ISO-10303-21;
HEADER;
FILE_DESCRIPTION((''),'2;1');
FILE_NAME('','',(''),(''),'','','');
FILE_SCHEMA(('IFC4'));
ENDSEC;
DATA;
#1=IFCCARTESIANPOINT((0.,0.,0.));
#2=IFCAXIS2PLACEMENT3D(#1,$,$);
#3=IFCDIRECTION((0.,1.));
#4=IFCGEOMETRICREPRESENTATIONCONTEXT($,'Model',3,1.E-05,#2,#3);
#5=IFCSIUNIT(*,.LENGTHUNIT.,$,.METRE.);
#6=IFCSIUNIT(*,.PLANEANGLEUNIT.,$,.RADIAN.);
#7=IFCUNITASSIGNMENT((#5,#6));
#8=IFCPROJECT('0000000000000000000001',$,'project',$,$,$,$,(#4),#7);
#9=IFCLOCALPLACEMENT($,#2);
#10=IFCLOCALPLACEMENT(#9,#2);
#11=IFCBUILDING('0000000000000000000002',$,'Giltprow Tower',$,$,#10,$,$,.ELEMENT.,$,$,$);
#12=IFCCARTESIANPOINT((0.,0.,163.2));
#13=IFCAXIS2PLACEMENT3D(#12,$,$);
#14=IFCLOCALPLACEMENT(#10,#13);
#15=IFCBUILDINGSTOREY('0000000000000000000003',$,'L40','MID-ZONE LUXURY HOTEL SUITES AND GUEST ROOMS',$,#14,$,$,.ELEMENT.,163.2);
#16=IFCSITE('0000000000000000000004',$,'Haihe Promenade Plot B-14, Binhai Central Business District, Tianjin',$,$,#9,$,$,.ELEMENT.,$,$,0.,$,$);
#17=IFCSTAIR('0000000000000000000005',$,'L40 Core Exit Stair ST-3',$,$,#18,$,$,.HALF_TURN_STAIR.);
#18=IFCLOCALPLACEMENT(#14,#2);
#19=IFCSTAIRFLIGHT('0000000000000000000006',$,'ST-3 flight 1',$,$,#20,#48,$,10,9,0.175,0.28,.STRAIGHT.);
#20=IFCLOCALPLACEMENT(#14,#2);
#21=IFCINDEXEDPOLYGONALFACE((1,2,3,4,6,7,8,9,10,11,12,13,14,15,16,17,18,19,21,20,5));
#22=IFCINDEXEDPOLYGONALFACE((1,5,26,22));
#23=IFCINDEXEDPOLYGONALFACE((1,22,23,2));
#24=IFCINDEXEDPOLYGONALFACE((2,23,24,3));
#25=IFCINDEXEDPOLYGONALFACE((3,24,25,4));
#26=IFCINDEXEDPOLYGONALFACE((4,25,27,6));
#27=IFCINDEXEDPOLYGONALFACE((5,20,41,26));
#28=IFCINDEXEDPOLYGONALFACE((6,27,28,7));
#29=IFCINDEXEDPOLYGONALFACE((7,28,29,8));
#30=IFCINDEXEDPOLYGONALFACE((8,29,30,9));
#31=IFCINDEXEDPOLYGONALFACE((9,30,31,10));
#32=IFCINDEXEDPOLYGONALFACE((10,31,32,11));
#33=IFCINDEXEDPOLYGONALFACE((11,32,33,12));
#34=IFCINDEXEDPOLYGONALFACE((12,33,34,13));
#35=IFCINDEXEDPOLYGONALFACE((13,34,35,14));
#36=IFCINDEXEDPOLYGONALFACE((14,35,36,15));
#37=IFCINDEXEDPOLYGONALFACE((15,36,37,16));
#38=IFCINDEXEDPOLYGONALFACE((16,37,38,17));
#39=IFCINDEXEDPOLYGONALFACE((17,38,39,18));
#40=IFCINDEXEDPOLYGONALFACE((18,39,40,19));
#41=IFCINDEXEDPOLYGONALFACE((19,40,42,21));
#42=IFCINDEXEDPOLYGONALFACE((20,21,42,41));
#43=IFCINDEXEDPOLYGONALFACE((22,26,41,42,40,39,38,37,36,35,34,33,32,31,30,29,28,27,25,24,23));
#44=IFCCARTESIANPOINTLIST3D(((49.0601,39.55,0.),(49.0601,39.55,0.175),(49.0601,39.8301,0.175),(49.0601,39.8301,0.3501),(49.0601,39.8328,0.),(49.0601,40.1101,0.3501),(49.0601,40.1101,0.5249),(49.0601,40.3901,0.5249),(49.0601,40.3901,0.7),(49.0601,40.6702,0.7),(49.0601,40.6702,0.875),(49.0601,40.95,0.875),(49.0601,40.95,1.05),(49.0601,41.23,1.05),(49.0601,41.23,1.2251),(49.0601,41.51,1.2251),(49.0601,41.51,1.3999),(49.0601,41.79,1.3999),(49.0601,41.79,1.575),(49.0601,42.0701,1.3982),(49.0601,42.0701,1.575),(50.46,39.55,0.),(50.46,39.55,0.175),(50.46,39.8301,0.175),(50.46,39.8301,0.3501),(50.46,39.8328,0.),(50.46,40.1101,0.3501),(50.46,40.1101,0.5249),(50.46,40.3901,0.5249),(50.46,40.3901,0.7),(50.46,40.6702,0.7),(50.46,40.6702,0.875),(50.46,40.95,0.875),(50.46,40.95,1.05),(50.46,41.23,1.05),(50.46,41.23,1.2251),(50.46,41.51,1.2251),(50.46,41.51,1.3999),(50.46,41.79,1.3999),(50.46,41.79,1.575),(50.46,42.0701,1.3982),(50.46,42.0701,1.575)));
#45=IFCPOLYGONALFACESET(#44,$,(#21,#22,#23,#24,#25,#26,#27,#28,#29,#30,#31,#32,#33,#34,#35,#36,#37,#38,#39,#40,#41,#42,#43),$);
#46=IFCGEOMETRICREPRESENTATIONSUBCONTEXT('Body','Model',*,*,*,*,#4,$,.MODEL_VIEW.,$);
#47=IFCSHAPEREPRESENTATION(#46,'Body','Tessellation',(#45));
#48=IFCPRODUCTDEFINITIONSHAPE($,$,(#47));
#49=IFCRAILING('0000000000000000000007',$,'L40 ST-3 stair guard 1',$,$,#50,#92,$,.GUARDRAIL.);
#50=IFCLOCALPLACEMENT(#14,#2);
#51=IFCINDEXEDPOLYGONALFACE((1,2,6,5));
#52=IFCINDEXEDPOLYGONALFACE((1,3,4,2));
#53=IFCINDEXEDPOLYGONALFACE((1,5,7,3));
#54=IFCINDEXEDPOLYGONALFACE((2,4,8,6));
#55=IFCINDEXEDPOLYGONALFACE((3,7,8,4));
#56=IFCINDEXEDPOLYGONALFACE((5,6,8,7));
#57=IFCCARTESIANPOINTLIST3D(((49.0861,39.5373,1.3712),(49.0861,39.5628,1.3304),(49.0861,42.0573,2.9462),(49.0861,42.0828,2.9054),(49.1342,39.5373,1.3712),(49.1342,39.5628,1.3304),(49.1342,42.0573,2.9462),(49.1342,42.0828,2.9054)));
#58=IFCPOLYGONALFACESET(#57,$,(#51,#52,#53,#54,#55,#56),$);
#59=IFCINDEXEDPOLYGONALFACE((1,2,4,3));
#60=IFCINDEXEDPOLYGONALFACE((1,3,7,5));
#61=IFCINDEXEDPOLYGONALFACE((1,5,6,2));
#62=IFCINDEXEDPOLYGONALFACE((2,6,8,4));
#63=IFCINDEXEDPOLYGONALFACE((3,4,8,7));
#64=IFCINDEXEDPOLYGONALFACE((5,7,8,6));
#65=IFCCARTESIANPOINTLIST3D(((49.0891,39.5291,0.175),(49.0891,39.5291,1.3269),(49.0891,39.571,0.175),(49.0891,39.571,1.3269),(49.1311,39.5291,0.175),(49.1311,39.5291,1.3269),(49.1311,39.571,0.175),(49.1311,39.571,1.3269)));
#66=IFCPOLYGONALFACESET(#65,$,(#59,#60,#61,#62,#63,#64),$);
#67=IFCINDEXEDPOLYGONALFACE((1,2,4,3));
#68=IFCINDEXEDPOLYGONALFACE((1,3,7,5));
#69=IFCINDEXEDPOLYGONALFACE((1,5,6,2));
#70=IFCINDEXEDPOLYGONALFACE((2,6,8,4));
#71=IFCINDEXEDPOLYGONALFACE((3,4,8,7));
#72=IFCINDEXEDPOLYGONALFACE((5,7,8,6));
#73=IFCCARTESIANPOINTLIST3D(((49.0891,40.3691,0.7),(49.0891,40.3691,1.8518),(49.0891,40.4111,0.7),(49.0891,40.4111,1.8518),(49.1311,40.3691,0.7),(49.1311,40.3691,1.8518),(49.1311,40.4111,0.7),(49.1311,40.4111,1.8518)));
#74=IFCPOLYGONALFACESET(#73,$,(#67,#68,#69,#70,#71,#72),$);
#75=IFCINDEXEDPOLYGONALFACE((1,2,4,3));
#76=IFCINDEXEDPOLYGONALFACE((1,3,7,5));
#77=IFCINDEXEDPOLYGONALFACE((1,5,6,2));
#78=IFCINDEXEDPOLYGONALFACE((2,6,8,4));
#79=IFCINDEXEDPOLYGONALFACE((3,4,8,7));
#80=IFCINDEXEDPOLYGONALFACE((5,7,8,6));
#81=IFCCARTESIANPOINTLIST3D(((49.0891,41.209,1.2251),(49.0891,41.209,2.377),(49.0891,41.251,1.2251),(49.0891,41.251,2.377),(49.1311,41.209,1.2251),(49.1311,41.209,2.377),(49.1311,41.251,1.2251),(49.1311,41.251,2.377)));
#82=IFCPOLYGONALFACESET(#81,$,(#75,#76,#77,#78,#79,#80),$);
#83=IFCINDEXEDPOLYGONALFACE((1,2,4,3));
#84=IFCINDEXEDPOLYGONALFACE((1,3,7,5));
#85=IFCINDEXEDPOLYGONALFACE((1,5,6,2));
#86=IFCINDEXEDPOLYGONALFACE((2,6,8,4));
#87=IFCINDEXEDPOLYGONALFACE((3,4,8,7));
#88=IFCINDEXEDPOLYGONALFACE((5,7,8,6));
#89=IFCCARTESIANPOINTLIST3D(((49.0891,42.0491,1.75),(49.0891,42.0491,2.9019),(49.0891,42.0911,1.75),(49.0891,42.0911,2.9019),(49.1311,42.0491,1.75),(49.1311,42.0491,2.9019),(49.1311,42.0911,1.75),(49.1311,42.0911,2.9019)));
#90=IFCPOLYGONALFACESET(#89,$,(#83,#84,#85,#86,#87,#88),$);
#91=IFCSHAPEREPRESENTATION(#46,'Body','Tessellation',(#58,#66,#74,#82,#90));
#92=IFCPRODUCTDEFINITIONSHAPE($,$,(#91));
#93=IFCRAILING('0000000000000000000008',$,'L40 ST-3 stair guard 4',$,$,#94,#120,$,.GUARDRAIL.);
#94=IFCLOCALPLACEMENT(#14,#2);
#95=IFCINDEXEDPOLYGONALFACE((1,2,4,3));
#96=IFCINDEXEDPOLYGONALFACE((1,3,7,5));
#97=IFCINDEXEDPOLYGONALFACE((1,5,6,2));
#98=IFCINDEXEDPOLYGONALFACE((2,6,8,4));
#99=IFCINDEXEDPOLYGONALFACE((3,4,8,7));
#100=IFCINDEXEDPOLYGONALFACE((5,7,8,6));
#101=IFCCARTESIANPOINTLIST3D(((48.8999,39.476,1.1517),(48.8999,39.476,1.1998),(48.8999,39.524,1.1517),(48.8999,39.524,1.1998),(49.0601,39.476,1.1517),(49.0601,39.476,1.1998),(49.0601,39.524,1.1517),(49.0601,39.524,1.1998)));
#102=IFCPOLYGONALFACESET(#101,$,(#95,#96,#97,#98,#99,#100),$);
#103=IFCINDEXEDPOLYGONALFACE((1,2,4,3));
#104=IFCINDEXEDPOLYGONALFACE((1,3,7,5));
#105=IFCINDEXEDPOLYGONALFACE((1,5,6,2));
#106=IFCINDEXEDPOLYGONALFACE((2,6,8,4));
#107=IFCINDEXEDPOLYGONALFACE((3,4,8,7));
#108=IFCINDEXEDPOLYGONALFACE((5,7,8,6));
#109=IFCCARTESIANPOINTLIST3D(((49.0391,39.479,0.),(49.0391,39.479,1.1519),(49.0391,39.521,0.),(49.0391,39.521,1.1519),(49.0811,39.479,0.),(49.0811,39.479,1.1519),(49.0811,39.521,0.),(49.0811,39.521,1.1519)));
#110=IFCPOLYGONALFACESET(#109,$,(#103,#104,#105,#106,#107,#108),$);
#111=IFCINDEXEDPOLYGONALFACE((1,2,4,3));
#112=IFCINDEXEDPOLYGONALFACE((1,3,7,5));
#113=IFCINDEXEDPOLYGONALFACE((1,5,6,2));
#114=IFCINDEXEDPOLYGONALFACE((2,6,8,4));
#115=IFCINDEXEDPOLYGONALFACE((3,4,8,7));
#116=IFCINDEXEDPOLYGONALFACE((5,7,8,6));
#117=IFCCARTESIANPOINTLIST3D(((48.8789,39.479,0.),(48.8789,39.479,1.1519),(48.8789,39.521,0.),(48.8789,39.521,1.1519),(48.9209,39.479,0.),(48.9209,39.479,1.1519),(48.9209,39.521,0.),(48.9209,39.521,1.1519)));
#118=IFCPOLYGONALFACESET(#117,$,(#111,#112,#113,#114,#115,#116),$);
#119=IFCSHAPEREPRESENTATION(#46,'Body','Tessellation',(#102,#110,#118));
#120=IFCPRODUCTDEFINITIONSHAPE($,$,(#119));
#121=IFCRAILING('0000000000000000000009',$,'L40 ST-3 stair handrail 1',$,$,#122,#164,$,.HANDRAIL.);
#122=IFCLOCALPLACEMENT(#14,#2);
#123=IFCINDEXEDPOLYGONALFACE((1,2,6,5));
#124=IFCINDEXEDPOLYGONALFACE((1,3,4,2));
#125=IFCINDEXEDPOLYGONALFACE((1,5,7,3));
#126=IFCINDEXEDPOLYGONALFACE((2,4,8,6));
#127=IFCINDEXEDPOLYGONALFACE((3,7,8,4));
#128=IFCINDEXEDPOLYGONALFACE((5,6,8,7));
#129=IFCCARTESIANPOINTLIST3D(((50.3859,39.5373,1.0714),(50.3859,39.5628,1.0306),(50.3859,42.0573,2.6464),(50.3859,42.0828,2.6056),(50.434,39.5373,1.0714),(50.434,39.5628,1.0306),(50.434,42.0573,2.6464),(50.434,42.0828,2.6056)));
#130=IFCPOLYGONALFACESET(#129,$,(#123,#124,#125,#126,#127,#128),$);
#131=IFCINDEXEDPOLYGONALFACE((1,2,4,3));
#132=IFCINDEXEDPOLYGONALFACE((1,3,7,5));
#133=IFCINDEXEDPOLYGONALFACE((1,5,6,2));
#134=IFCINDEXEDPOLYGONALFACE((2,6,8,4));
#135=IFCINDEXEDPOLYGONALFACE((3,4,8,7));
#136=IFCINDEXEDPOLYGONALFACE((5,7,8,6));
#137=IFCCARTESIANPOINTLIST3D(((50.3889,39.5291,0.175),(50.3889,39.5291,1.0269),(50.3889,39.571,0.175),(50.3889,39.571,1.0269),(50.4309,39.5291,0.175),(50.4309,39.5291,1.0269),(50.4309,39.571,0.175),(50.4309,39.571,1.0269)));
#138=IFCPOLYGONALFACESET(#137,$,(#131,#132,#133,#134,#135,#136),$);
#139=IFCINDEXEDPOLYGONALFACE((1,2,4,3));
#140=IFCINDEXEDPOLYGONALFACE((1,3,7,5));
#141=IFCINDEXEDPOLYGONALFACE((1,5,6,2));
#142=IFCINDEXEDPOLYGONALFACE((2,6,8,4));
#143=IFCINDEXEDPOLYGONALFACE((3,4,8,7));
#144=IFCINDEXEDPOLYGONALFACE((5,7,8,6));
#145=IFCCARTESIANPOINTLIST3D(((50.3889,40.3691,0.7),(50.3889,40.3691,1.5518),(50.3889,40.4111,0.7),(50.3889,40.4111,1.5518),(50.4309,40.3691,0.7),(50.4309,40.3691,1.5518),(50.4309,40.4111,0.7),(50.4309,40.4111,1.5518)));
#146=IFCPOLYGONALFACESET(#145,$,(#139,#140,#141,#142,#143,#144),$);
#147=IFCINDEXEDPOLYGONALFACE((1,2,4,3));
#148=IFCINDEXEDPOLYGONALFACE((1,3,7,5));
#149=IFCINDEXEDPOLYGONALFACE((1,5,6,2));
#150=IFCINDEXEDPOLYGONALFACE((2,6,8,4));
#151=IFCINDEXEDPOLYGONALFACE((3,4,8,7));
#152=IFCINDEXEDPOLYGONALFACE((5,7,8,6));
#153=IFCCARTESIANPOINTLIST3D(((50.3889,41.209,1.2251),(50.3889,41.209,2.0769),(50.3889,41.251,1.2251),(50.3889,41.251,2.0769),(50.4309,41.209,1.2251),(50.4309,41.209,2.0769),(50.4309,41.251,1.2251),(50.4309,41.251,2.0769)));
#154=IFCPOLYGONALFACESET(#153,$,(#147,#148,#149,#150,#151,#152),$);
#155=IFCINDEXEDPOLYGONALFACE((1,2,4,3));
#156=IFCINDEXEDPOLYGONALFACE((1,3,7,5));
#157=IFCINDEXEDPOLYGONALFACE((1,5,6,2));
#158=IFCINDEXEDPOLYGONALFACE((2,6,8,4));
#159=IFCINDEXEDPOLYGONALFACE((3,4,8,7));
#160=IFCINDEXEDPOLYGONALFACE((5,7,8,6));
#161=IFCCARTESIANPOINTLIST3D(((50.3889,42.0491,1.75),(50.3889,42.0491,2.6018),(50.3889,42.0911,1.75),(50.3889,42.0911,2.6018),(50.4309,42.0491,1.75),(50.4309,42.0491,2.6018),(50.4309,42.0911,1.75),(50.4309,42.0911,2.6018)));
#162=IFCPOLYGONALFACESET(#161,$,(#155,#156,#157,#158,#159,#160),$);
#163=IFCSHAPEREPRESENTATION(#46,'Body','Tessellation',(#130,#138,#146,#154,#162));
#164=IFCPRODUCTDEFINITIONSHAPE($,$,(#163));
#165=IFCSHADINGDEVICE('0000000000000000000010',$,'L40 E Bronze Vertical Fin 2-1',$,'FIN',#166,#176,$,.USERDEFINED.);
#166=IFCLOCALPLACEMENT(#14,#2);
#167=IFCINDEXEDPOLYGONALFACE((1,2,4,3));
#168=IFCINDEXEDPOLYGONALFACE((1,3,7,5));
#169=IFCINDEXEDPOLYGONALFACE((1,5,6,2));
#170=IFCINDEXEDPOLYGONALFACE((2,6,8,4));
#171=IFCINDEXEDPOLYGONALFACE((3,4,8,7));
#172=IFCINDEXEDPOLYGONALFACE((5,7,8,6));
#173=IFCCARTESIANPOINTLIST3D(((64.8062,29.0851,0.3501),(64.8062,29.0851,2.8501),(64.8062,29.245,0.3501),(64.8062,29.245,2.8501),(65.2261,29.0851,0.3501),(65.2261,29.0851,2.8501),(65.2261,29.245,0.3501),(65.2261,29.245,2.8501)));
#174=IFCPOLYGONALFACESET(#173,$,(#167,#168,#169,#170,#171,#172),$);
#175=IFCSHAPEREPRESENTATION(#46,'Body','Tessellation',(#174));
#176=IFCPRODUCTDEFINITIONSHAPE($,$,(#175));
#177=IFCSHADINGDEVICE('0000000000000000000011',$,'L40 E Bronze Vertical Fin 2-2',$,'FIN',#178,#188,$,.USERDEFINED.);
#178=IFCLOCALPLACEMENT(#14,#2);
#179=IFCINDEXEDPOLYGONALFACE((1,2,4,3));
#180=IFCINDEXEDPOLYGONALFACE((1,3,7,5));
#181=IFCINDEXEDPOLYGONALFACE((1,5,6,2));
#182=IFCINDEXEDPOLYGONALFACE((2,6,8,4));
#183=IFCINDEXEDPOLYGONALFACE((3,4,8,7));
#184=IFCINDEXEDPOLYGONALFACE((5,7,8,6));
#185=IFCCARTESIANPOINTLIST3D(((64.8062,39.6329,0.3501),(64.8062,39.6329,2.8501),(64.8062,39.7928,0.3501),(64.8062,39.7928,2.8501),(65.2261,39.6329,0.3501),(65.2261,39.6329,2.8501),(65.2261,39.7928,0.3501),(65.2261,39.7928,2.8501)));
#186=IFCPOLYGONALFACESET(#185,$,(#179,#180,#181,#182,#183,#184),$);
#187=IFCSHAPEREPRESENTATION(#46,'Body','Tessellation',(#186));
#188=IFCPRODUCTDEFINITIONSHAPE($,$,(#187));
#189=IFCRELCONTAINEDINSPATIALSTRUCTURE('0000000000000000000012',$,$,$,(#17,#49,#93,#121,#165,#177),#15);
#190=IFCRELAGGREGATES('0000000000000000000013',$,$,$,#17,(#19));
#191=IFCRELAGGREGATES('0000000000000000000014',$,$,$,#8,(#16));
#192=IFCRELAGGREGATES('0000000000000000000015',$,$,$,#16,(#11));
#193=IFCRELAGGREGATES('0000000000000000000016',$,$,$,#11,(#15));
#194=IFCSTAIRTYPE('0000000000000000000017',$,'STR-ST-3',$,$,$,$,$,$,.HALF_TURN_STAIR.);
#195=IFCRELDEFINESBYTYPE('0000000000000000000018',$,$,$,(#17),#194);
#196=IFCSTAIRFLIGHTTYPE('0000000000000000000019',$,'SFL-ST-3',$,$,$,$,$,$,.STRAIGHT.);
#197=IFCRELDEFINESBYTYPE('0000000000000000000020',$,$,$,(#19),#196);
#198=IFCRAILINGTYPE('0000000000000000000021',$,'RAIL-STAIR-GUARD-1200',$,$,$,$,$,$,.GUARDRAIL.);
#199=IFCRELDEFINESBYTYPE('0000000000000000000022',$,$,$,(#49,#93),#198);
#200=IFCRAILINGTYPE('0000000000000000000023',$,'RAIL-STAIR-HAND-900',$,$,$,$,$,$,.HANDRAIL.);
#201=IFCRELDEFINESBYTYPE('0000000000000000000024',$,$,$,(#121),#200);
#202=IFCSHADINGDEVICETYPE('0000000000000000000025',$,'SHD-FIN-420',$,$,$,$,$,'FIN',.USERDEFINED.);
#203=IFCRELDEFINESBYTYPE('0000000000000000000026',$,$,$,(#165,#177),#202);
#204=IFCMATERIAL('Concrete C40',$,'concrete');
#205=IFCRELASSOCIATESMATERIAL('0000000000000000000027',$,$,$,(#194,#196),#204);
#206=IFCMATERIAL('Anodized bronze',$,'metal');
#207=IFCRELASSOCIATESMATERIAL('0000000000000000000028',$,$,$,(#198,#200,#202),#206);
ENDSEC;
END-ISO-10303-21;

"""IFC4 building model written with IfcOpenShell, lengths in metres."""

from ifc_helpers import new_model, si_unit, direction, frame, origin, origin_2d, place, context, subcontext, project, spatial, polyline, rectangle, outline, extrude, source, transform, mapped, material, type_object, element, aggregate, save


model = new_model("IFC4")

# Units and contexts
model_context = context("Model", 3, precision=1e-05, world=origin(), true_north=direction((0.0, 1.0)))
body_context = subcontext(model_context, "Body", "Model", "MODEL_VIEW")
ifc_project = project(units=[si_unit("LENGTHUNIT", "METRE"), si_unit("PLANEANGLEUNIT", "RADIAN")], contexts=[model_context])

# Site, building, storey
site_placement = place(None, origin())
site = spatial("IfcSite", under=ifc_project, at=site_placement, Name="Haihe Promenade Plot B-14, Binhai Central Business District, Tianjin", CompositionType="ELEMENT", RefElevation=0.0)
building_placement = place(site_placement, origin())
building = spatial("IfcBuilding", under=site, at=building_placement, Name="Giltprow Tower", CompositionType="ELEMENT")
storey_placement = place(building_placement, frame((0.0, 0.0, 163.2)))
storey = spatial("IfcBuildingStorey", under=building, at=storey_placement, Name="L40", Description="MID-ZONE LUXURY HOTEL SUITES AND GUEST ROOMS", CompositionType="ELEMENT", Elevation=163.2)

# Shared definitions
ifc_material_1 = material(Name="Concrete C40", Category="concrete")

# Stair, stair flight
stair_type = type_object("IfcStairType", Name="STR-ST-3", PredefinedType="HALF_TURN_STAIR", material=ifc_material_1)
stair_placement = place(storey_placement, origin())
stair = element("IfcStair", 1, at=stair_placement, inside=storey, type_object=stair_type, Name="L40 Core Exit Stair ST-3", PredefinedType="HALF_TURN_STAIR")
stair_flight_type = type_object("IfcStairFlightType", Name="SFL-ST-3", PredefinedType="STRAIGHT", material=ifc_material_1)
stair_flight_placement = place(storey_placement, frame((49.76, 39.55, 0.0), z_axis=(0.0, 0.0, 1.0), x_axis=(0.0, 1.0, 0.0)))
stair_flight = element("IfcStairFlight", 2, at=stair_flight_placement, type_object=stair_flight_type, Name="ST-3 flight 1", NumberOfRisers=10, NumberOfTreads=9, PredefinedType="STRAIGHT", RiserHeight=0.175, TreadLength=0.28, context=body_context, shape_type="SweptSolid", body=[
    extrude(outline(polyline([(0.0, 0.0), (0.0, 0.175), (0.28, 0.175), (0.28, 0.3501), (0.5601, 0.3501), (0.5601, 0.5249), (0.8401, 0.5249), (0.8401, 0.7), (1.1201, 0.7), (1.1201, 0.875), (1.3999, 0.875), (1.3999, 1.05), (1.6799, 1.05), (1.6799, 1.2251), (1.96, 1.2251), (1.96, 1.3999), (2.24, 1.3999), (2.24, 1.575), (2.52, 1.575), (2.52, 1.75), (2.52, 1.3982), (0.2827, 0.0), (0.0, 0.0)])), frame((0.0, 0.7, 0.0), z_axis=(0.0, -1.0, 0.0), x_axis=(1.0, 0.0, 0.0)), (0.0, 0.0, 1.0), 1.3999),
])
aggregate(stair, [stair_flight])

# Railings
ifc_material_2 = material(Name="Anodized bronze", Category="metal")
railing_type_1 = type_object("IfcRailingType", Name="RAIL-STAIR-GUARD-1200", PredefinedType="GUARDRAIL", material=ifc_material_2)
railing_1_placement = place(storey_placement, frame((49.1101, 39.55, 0.175)))
element("IfcRailing", 3, at=railing_1_placement, inside=storey, type_object=railing_type_1, Name="L40 ST-3 stair guard 1", PredefinedType="GUARDRAIL", context=body_context, shape_type="SweptSolid", body=[
    extrude(rectangle(XDim=0.0481, YDim=0.0481, at=origin_2d()), frame((0.0, 0.0, 1.1758), z_axis=(0.0, 0.848008, 0.529984), x_axis=(-1.0, 0.0, 0.0)), (0.0, 0.0, 1.0), 2.9717),
    extrude(rectangle(XDim=0.042, YDim=0.042, at=origin_2d()), origin(), (0.0, 0.0, 1.0), 1.1519),
    extrude(rectangle(XDim=0.042, YDim=0.042, at=origin_2d()), frame((0.0, 0.8401, 0.5249)), (0.0, 0.0, 1.0), 1.1519),
    extrude(rectangle(XDim=0.042, YDim=0.042, at=origin_2d()), frame((0.0, 1.6799, 1.05)), (0.0, 0.0, 1.0), 1.1519),
    extrude(rectangle(XDim=0.042, YDim=0.042, at=origin_2d()), frame((0.0, 2.52, 1.575)), (0.0, 0.0, 1.0), 1.1519),
])
railing_2_placement = place(storey_placement, frame((49.0601, 39.5, 0.0)))
element("IfcRailing", 4, at=railing_2_placement, inside=storey, type_object=railing_type_1, Name="L40 ST-3 stair guard 4", PredefinedType="GUARDRAIL", context=body_context, shape_type="SweptSolid", body=[
    extrude(rectangle(XDim=0.0481, YDim=0.0481, at=origin_2d()), frame((0.0, 0.0, 1.1758), z_axis=(-1.0, 0.0, 0.0), x_axis=(0.0, -1.0, 0.0)), (0.0, 0.0, 1.0), 0.1602),
    extrude(rectangle(XDim=0.042, YDim=0.042, at=origin_2d()), origin(), (0.0, 0.0, 1.0), 1.1519),
    extrude(rectangle(XDim=0.042, YDim=0.042, at=origin_2d()), frame((-0.1602, 0.0, 0.0)), (0.0, 0.0, 1.0), 1.1519),
])
railing_type_2 = type_object("IfcRailingType", Name="RAIL-STAIR-HAND-900", PredefinedType="HANDRAIL", material=ifc_material_2)
railing_3_placement = place(storey_placement, frame((50.4099, 39.55, 0.175)))
element("IfcRailing", 5, at=railing_3_placement, inside=storey, type_object=railing_type_2, Name="L40 ST-3 stair handrail 1", PredefinedType="HANDRAIL", context=body_context, shape_type="SweptSolid", body=[
    extrude(rectangle(XDim=0.0481, YDim=0.0481, at=origin_2d()), frame((0.0, 0.0, 0.876), z_axis=(0.0, 0.848008, 0.529984), x_axis=(-1.0, 0.0, 0.0)), (0.0, 0.0, 1.0), 2.9717),
    extrude(rectangle(XDim=0.042, YDim=0.042, at=origin_2d()), origin(), (0.0, 0.0, 1.0), 0.8518),
    extrude(rectangle(XDim=0.042, YDim=0.042, at=origin_2d()), frame((0.0, 0.8401, 0.5249)), (0.0, 0.0, 1.0), 0.8518),
    extrude(rectangle(XDim=0.042, YDim=0.042, at=origin_2d()), frame((0.0, 1.6799, 1.05)), (0.0, 0.0, 1.0), 0.8518),
    extrude(rectangle(XDim=0.042, YDim=0.042, at=origin_2d()), frame((0.0, 2.52, 1.575)), (0.0, 0.0, 1.0), 0.8518),
])

# Shading devices
shading_device_type = type_object("IfcShadingDeviceType", Name="SHD-FIN-420", ElementType="FIN", PredefinedType="USERDEFINED", material=ifc_material_2)
shared_shape_1 = source(origin(), body_context, "Body", "SweptSolid", [
    extrude(rectangle(XDim=0.4199, YDim=0.1599, at=origin_2d()), origin(), (0.0, 0.0, 1.0), 2.5),
])
for number, where, z_axis, x_axis, name in (
    (6, (65.0161, 29.165, 0.3501), (0.0, 0.0, 1.0), (1.0, 0.0, 0.0), "L40 E Bronze Vertical Fin 2-1"),
    (7, (65.0161, 39.7129, 0.3501), (0.0, 0.0, 1.0), (1.0, 0.0, 0.0), "L40 E Bronze Vertical Fin 2-2"),
):
    element("IfcShadingDevice", number, at=place(storey_placement, frame(where, z_axis=z_axis, x_axis=x_axis)), inside=storey, type_object=shading_device_type, Name=name, ObjectType="FIN", PredefinedType="USERDEFINED", context=body_context, shape_type="MappedRepresentation", body=[
        mapped(shared_shape_1, transform((0.0, 0.0, 0.0), x_axis=(1.0, 0.0, 0.0), y_axis=(0.0, 1.0, 0.0), z_axis=(0.0, 0.0, 1.0), scale=1.0)),
    ])

save(model, "model.ifc")
